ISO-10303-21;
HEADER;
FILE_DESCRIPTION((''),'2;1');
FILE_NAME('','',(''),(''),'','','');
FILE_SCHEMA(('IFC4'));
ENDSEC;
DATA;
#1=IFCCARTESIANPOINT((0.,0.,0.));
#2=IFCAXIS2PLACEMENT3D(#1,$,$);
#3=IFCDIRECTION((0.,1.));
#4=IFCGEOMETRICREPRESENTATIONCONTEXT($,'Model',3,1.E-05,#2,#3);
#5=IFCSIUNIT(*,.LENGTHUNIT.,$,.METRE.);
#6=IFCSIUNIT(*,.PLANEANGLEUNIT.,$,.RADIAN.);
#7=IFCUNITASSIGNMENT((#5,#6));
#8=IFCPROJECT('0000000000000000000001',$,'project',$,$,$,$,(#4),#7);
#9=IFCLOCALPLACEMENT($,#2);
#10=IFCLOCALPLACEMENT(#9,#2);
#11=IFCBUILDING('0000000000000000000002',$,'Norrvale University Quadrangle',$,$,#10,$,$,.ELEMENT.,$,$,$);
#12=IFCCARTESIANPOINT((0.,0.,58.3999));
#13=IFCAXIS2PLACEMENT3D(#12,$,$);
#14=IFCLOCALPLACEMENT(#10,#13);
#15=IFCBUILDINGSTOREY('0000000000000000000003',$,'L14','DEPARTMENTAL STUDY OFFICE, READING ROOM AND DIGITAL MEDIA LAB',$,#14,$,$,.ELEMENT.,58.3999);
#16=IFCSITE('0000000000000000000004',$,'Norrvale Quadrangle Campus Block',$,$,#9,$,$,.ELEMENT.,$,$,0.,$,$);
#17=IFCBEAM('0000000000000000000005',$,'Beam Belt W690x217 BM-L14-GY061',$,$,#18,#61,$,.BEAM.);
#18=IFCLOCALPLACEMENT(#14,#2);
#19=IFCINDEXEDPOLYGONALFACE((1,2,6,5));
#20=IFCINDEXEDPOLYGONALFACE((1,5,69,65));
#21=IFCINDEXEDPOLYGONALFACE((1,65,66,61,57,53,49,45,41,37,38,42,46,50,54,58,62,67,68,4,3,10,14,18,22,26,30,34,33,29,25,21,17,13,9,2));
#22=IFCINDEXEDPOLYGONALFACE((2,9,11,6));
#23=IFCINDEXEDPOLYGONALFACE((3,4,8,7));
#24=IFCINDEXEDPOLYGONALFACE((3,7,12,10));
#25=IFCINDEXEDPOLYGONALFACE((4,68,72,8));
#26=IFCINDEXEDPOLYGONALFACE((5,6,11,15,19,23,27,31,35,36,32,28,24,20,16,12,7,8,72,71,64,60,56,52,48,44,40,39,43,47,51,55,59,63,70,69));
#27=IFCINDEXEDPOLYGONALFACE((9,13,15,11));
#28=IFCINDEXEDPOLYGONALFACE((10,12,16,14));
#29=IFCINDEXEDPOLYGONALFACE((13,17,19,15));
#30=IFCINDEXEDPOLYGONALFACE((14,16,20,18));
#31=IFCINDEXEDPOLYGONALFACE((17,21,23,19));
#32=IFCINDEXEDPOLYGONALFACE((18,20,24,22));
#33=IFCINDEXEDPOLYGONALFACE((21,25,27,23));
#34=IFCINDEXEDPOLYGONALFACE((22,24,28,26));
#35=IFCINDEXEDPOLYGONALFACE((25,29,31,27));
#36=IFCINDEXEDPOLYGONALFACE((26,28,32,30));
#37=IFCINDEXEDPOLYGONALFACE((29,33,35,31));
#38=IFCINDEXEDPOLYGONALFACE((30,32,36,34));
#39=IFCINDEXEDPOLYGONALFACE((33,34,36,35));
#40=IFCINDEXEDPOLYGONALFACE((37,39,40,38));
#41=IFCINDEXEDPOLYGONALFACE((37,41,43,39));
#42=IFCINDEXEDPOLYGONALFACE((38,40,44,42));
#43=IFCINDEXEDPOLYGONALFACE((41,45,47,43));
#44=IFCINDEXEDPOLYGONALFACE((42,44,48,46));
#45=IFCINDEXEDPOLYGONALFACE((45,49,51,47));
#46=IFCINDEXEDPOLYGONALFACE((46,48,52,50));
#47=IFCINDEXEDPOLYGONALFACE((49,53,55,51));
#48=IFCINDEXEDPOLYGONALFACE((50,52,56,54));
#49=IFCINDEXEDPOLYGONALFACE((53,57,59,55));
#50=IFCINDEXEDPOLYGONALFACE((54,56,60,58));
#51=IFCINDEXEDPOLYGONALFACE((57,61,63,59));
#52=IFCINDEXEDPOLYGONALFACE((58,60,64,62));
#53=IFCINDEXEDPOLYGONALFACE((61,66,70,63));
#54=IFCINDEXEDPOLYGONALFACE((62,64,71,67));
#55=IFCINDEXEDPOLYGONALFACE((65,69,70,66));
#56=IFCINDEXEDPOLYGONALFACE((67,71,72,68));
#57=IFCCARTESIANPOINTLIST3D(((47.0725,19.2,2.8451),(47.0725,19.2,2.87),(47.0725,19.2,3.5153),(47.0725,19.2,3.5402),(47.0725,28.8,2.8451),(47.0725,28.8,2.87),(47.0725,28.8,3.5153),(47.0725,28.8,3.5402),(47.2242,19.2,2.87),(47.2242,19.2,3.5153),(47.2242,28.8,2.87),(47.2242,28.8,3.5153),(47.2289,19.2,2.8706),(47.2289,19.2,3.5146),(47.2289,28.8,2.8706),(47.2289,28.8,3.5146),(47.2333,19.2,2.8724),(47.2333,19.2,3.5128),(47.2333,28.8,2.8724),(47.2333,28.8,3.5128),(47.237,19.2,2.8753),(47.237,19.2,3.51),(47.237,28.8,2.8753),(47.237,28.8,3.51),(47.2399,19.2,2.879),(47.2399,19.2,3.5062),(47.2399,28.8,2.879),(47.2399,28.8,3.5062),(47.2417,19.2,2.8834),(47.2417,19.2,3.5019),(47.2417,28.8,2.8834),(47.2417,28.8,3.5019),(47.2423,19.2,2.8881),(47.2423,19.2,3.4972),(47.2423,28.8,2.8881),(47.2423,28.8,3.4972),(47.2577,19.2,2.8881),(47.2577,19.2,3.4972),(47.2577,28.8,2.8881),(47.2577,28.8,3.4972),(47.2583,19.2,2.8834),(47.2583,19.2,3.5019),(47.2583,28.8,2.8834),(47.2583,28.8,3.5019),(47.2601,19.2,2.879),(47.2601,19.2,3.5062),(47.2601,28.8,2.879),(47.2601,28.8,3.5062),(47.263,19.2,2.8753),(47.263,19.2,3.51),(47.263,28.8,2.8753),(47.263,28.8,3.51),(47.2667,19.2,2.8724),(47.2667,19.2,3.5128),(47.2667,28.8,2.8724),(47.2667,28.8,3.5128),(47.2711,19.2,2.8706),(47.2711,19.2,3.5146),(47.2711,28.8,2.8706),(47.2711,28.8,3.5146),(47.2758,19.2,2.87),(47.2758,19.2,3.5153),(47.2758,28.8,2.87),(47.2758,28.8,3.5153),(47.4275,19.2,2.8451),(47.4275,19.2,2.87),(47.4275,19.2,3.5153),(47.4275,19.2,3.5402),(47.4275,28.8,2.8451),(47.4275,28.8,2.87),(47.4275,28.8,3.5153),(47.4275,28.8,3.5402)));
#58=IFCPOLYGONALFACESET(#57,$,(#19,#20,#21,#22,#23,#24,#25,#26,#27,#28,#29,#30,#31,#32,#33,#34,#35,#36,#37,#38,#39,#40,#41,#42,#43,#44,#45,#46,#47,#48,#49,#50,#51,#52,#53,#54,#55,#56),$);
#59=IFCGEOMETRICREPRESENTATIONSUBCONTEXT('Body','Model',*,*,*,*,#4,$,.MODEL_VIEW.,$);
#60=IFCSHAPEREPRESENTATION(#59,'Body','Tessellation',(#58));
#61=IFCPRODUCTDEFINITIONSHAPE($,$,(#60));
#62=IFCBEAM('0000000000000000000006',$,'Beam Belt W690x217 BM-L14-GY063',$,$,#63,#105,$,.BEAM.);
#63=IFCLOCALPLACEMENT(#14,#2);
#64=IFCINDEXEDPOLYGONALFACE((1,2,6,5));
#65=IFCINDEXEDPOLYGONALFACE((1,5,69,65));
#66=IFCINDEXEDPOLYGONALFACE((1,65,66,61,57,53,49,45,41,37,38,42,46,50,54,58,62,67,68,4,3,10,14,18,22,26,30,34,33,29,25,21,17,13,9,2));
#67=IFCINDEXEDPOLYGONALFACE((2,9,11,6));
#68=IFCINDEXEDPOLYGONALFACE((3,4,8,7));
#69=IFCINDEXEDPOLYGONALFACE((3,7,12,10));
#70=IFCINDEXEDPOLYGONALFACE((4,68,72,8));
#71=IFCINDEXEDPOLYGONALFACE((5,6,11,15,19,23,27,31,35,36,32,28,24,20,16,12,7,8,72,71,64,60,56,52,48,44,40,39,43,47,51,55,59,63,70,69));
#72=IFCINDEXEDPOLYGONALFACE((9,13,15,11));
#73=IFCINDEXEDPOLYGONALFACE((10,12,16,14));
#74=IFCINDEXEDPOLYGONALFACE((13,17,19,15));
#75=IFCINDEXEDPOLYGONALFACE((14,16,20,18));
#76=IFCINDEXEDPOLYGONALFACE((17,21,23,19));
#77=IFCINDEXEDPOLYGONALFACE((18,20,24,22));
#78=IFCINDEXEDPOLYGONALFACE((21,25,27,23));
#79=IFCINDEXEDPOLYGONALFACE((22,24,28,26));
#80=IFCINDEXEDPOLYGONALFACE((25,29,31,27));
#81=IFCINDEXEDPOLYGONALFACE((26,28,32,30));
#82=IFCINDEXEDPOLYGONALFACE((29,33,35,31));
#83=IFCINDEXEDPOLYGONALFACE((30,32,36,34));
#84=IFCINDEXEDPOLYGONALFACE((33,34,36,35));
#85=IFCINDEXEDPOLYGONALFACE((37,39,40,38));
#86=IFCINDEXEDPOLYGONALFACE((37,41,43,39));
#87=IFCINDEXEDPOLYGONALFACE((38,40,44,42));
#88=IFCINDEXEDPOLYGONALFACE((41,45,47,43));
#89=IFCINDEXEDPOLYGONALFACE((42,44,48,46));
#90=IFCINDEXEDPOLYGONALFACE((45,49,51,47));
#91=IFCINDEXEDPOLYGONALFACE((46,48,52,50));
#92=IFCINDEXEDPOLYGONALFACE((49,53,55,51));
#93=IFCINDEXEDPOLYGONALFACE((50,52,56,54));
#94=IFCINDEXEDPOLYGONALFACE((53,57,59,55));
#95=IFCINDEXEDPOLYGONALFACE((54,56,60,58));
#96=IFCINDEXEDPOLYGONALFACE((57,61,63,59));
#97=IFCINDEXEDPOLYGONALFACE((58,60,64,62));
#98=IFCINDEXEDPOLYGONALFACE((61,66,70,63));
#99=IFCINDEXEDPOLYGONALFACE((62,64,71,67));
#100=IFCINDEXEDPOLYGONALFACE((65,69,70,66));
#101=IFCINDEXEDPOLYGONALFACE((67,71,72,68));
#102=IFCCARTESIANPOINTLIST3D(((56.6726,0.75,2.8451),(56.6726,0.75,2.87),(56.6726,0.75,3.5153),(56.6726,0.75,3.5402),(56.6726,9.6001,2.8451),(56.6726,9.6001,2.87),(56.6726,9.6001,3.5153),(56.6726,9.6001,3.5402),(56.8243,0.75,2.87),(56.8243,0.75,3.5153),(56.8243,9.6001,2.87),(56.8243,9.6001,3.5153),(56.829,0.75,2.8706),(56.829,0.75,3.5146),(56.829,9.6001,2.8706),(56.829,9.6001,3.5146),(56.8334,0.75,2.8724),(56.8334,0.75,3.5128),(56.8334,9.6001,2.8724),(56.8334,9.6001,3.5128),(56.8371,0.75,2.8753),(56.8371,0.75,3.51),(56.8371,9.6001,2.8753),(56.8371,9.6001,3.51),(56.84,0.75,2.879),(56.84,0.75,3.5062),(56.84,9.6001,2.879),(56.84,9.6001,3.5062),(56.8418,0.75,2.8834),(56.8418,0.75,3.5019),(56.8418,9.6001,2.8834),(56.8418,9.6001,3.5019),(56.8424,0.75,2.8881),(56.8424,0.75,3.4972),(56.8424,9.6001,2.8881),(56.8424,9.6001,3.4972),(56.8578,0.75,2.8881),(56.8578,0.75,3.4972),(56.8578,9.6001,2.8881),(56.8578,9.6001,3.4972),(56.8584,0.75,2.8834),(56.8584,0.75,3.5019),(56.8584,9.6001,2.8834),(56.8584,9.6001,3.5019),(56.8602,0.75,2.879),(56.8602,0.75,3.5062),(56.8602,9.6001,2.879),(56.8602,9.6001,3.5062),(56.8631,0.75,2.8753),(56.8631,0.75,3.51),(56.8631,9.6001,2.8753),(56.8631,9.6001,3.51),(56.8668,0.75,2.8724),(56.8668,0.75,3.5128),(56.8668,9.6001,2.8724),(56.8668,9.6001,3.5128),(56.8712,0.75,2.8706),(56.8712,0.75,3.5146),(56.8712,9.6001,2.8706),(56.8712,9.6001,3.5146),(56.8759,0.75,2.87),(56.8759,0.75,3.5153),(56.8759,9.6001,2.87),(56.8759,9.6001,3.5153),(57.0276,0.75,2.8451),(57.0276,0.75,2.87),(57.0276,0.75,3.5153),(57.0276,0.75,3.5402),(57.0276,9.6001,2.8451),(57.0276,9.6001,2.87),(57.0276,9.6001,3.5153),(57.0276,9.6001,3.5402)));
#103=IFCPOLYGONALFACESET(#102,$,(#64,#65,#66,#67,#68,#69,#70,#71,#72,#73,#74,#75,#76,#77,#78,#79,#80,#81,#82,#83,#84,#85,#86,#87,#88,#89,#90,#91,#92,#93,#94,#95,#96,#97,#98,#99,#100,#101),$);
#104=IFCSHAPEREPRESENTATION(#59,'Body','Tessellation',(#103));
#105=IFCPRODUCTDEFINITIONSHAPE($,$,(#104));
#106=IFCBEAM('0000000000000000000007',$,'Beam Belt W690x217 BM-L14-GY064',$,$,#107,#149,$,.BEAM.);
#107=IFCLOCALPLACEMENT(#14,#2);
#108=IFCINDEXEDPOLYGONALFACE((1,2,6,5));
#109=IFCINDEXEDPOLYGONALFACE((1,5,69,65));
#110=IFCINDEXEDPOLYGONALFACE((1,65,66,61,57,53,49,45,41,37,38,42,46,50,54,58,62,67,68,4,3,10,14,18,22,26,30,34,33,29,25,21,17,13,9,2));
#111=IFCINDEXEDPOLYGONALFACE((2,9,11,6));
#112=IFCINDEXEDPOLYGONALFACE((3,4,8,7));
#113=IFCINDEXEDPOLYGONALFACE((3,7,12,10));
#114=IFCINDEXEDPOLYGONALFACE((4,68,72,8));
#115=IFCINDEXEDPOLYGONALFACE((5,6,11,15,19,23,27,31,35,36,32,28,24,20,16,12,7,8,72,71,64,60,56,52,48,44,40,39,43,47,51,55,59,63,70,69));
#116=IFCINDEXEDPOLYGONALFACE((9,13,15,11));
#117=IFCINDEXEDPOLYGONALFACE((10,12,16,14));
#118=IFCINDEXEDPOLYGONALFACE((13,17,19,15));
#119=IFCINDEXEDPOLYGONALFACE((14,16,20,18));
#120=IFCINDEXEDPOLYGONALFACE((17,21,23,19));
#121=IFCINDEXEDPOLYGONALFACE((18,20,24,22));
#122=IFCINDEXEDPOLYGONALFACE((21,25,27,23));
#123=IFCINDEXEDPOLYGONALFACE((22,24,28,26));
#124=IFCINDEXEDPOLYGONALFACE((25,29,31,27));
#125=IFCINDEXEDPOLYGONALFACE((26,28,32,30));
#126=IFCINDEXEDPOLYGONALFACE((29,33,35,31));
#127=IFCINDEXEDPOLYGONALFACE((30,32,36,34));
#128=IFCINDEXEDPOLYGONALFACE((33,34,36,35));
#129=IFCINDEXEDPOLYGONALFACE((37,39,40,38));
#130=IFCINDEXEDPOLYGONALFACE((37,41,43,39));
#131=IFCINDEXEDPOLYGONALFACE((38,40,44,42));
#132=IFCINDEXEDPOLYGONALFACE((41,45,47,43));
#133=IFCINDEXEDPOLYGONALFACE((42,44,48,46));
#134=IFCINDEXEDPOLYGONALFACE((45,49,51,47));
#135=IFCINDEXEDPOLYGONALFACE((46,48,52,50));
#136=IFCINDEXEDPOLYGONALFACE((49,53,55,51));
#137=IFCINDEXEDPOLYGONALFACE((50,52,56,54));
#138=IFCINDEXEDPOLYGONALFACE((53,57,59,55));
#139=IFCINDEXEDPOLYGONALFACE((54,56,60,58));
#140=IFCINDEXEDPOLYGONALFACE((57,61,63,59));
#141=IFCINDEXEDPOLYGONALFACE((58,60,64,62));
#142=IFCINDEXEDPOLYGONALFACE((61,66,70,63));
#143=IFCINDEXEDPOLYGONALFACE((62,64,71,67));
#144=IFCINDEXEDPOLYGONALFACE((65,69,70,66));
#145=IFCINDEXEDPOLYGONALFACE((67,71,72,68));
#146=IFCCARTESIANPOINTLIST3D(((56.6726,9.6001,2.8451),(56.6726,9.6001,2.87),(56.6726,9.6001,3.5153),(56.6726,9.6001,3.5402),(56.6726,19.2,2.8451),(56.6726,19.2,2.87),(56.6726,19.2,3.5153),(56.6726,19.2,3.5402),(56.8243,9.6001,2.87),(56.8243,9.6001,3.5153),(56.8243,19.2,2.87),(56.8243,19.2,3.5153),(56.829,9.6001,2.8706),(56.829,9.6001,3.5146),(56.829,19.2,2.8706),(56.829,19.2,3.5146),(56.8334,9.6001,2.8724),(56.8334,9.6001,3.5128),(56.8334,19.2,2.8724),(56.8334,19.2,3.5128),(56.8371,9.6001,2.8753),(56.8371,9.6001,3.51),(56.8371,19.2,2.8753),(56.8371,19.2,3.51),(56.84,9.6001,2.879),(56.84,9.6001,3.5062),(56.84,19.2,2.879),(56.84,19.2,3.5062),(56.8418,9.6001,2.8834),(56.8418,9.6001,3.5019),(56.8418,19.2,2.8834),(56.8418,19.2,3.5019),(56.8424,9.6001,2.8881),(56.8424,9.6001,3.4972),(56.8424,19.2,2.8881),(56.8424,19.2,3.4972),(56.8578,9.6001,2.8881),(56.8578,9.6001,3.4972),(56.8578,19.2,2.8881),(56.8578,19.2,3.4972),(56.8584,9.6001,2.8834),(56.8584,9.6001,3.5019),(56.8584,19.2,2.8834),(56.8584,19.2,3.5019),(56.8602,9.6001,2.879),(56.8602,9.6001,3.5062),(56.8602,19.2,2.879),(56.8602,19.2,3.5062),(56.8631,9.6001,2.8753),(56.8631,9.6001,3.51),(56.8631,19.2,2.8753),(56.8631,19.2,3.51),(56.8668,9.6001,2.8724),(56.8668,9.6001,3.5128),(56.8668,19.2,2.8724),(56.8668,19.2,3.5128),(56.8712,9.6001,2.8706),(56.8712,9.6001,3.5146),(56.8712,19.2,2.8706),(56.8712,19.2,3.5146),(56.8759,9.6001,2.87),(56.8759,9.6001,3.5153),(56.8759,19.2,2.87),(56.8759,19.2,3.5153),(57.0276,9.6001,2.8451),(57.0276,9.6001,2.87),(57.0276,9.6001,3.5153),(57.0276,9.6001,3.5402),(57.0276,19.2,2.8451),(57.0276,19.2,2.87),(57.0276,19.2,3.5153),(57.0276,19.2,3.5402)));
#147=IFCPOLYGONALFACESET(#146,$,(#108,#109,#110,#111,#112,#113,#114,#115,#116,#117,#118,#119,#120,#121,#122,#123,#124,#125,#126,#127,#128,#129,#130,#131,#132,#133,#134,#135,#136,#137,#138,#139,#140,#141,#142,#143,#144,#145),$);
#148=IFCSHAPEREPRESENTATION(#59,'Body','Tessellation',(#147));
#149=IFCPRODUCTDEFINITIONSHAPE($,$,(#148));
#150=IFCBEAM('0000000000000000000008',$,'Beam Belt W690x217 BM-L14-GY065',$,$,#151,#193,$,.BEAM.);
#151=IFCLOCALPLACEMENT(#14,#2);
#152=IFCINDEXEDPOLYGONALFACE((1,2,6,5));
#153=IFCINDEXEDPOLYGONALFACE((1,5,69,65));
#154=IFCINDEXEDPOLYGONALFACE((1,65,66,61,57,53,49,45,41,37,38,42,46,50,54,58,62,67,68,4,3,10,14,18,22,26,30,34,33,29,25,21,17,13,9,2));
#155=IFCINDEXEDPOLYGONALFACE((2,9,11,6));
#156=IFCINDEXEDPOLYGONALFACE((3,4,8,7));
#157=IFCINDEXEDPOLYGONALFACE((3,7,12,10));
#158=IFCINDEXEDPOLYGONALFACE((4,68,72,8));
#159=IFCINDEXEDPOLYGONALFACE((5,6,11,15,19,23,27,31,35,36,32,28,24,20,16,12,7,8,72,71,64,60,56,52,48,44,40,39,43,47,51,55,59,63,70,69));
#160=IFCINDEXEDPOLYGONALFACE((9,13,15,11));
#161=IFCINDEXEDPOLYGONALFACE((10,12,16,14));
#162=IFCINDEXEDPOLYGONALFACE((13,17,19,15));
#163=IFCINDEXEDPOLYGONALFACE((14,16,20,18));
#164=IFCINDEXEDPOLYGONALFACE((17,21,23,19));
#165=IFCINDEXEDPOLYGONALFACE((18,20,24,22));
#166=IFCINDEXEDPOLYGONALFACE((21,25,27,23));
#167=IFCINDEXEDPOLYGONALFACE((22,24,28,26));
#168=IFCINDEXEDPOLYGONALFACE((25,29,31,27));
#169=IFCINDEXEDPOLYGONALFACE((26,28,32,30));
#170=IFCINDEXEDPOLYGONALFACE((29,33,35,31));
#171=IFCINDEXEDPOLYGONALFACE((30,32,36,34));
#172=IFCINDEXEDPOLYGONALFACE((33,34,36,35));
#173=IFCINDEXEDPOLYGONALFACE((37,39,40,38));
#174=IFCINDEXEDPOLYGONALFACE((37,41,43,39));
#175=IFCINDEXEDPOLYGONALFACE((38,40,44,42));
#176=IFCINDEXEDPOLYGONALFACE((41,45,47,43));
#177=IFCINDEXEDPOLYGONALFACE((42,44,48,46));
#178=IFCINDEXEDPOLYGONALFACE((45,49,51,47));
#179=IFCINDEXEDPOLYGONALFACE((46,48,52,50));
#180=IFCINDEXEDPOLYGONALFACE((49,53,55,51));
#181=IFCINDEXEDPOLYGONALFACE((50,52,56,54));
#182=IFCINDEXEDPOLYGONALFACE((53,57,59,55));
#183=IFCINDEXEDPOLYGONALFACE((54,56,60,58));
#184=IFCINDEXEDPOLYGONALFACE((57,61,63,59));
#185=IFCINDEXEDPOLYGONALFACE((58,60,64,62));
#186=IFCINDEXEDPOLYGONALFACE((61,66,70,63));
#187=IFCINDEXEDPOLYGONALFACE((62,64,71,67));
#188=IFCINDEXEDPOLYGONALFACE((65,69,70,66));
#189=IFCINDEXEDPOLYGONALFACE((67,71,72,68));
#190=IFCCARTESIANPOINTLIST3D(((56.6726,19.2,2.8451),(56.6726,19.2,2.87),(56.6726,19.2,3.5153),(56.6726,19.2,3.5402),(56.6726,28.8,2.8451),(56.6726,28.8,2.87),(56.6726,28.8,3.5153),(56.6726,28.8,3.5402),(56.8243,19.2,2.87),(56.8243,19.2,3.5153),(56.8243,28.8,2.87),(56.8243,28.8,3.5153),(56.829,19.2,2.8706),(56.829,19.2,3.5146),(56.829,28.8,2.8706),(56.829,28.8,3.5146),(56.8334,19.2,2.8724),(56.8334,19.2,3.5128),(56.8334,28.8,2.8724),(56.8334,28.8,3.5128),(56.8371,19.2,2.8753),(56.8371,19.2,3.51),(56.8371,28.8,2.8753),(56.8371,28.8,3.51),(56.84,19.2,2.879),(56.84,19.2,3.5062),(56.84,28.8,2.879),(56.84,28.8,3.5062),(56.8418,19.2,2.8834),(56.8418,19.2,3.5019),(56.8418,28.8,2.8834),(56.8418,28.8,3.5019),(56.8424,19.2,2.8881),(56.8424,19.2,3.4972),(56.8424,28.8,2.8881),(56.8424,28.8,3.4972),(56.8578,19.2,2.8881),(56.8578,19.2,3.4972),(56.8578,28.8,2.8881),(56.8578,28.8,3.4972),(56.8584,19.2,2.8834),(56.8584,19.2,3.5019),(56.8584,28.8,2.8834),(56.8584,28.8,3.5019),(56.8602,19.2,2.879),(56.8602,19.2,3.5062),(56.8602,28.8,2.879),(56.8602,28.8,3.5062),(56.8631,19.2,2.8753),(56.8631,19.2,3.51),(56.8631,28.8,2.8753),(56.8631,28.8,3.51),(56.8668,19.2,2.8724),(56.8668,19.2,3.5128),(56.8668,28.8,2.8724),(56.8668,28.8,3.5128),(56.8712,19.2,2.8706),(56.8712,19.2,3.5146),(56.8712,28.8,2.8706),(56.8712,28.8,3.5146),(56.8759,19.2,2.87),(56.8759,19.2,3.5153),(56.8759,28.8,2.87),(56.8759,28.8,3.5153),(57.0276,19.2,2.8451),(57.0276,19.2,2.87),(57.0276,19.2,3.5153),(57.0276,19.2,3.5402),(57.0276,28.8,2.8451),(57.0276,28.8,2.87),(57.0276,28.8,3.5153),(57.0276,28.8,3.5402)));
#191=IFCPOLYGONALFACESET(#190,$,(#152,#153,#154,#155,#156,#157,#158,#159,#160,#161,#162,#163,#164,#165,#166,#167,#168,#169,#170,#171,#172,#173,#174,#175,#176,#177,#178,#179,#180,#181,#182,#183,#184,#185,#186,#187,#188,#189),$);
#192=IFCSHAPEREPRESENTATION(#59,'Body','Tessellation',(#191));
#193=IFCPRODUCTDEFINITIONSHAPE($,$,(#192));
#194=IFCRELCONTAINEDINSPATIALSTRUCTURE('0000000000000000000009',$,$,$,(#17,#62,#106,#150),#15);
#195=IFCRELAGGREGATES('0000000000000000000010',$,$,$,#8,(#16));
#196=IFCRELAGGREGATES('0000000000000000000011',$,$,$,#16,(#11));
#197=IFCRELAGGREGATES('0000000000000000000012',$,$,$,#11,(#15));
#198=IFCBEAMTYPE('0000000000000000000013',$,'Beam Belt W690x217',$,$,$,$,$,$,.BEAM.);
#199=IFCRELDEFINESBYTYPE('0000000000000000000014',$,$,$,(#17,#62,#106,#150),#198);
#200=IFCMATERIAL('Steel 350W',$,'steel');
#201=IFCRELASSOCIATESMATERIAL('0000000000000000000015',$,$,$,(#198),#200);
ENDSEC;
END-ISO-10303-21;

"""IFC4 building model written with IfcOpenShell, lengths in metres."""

from ifc_helpers import new_model, si_unit, direction, frame, origin, origin_2d, place, context, subcontext, project, spatial, i_section, extrude, material, material_profile, profile_set, type_object, element, save


model = new_model("IFC4")

# Units and contexts
model_context = context("Model", 3, precision=1e-05, world=origin(), true_north=direction((0.0, 1.0)))
body_context = subcontext(model_context, "Body", "Model", "MODEL_VIEW")
ifc_project = project(units=[si_unit("LENGTHUNIT", "METRE"), si_unit("PLANEANGLEUNIT", "RADIAN")], contexts=[model_context])

# Site, building, storey
site_placement = place(None, origin())
site = spatial("IfcSite", under=ifc_project, at=site_placement, Name="Norrvale Quadrangle Campus Block", CompositionType="ELEMENT", RefElevation=0.0)
building_placement = place(site_placement, origin())
building = spatial("IfcBuilding", under=site, at=building_placement, Name="Norrvale University Quadrangle", CompositionType="ELEMENT")
storey_placement = place(building_placement, frame((0.0, 0.0, 58.3999)))
storey = spatial("IfcBuildingStorey", under=building, at=storey_placement, Name="L14", Description="DEPARTMENTAL STUDY OFFICE, READING ROOM AND DIGITAL MEDIA LAB", CompositionType="ELEMENT", Elevation=58.3999)

# Beams
ifc_material_1 = material(Name="Steel 350W", Category="steel")
ifc_material_profile_1 = material_profile(ifc_material_1, i_section(OverallWidth=0.355, OverallDepth=0.6951, WebThickness=0.0154, FlangeThickness=0.0249, FilletRadius=0.0181, at=origin_2d()), Name="Steel 350W")
ifc_profile_set_1 = profile_set([ifc_material_profile_1], Name="Steel 350W")
beam_type_1 = type_object("IfcBeamType", Name="Beam Belt W690x217", PredefinedType="BEAM", material=ifc_profile_set_1)
beam_1_placement = place(storey_placement, frame((47.25, 19.2, 3.1926), z_axis=(0.0, 1.0, 0.0), x_axis=(-1.0, 0.0, 0.0)))
element("IfcBeam", 1, at=beam_1_placement, inside=storey, type_object=beam_type_1, Name="Beam Belt W690x217 BM-L14-GY061", PredefinedType="BEAM", context=body_context, shape_type="SweptSolid", body=[
    extrude(i_section(OverallWidth=0.355, OverallDepth=0.6951, WebThickness=0.0154, FlangeThickness=0.0249, FilletRadius=0.0181, at=origin_2d()), origin(), (0.0, 0.0, 1.0), 9.6001),
])
beam_2_placement = place(storey_placement, frame((56.8501, 0.75, 3.1926), z_axis=(0.0, 1.0, 0.0), x_axis=(-1.0, 0.0, 0.0)))
element("IfcBeam", 2, at=beam_2_placement, inside=storey, type_object=beam_type_1, Name="Beam Belt W690x217 BM-L14-GY063", PredefinedType="BEAM", context=body_context, shape_type="SweptSolid", body=[
    extrude(i_section(OverallWidth=0.355, OverallDepth=0.6951, WebThickness=0.0154, FlangeThickness=0.0249, FilletRadius=0.0181, at=origin_2d()), origin(), (0.0, 0.0, 1.0), 8.8501),
])
beam_3_placement = place(storey_placement, frame((56.8501, 9.6001, 3.1926), z_axis=(0.0, 1.0, 0.0), x_axis=(-1.0, 0.0, 0.0)))
element("IfcBeam", 3, at=beam_3_placement, inside=storey, type_object=beam_type_1, Name="Beam Belt W690x217 BM-L14-GY064", PredefinedType="BEAM", context=body_context, shape_type="SweptSolid", body=[
    extrude(i_section(OverallWidth=0.355, OverallDepth=0.6951, WebThickness=0.0154, FlangeThickness=0.0249, FilletRadius=0.0181, at=origin_2d()), origin(), (0.0, 0.0, 1.0), 9.5999),
])
beam_4_placement = place(storey_placement, frame((56.8501, 19.2, 3.1926), z_axis=(0.0, 1.0, 0.0), x_axis=(-1.0, 0.0, 0.0)))
element("IfcBeam", 4, at=beam_4_placement, inside=storey, type_object=beam_type_1, Name="Beam Belt W690x217 BM-L14-GY065", PredefinedType="BEAM", context=body_context, shape_type="SweptSolid", body=[
    extrude(i_section(OverallWidth=0.355, OverallDepth=0.6951, WebThickness=0.0154, FlangeThickness=0.0249, FilletRadius=0.0181, at=origin_2d()), origin(), (0.0, 0.0, 1.0), 9.6001),
])

save(model, "model.ifc")
